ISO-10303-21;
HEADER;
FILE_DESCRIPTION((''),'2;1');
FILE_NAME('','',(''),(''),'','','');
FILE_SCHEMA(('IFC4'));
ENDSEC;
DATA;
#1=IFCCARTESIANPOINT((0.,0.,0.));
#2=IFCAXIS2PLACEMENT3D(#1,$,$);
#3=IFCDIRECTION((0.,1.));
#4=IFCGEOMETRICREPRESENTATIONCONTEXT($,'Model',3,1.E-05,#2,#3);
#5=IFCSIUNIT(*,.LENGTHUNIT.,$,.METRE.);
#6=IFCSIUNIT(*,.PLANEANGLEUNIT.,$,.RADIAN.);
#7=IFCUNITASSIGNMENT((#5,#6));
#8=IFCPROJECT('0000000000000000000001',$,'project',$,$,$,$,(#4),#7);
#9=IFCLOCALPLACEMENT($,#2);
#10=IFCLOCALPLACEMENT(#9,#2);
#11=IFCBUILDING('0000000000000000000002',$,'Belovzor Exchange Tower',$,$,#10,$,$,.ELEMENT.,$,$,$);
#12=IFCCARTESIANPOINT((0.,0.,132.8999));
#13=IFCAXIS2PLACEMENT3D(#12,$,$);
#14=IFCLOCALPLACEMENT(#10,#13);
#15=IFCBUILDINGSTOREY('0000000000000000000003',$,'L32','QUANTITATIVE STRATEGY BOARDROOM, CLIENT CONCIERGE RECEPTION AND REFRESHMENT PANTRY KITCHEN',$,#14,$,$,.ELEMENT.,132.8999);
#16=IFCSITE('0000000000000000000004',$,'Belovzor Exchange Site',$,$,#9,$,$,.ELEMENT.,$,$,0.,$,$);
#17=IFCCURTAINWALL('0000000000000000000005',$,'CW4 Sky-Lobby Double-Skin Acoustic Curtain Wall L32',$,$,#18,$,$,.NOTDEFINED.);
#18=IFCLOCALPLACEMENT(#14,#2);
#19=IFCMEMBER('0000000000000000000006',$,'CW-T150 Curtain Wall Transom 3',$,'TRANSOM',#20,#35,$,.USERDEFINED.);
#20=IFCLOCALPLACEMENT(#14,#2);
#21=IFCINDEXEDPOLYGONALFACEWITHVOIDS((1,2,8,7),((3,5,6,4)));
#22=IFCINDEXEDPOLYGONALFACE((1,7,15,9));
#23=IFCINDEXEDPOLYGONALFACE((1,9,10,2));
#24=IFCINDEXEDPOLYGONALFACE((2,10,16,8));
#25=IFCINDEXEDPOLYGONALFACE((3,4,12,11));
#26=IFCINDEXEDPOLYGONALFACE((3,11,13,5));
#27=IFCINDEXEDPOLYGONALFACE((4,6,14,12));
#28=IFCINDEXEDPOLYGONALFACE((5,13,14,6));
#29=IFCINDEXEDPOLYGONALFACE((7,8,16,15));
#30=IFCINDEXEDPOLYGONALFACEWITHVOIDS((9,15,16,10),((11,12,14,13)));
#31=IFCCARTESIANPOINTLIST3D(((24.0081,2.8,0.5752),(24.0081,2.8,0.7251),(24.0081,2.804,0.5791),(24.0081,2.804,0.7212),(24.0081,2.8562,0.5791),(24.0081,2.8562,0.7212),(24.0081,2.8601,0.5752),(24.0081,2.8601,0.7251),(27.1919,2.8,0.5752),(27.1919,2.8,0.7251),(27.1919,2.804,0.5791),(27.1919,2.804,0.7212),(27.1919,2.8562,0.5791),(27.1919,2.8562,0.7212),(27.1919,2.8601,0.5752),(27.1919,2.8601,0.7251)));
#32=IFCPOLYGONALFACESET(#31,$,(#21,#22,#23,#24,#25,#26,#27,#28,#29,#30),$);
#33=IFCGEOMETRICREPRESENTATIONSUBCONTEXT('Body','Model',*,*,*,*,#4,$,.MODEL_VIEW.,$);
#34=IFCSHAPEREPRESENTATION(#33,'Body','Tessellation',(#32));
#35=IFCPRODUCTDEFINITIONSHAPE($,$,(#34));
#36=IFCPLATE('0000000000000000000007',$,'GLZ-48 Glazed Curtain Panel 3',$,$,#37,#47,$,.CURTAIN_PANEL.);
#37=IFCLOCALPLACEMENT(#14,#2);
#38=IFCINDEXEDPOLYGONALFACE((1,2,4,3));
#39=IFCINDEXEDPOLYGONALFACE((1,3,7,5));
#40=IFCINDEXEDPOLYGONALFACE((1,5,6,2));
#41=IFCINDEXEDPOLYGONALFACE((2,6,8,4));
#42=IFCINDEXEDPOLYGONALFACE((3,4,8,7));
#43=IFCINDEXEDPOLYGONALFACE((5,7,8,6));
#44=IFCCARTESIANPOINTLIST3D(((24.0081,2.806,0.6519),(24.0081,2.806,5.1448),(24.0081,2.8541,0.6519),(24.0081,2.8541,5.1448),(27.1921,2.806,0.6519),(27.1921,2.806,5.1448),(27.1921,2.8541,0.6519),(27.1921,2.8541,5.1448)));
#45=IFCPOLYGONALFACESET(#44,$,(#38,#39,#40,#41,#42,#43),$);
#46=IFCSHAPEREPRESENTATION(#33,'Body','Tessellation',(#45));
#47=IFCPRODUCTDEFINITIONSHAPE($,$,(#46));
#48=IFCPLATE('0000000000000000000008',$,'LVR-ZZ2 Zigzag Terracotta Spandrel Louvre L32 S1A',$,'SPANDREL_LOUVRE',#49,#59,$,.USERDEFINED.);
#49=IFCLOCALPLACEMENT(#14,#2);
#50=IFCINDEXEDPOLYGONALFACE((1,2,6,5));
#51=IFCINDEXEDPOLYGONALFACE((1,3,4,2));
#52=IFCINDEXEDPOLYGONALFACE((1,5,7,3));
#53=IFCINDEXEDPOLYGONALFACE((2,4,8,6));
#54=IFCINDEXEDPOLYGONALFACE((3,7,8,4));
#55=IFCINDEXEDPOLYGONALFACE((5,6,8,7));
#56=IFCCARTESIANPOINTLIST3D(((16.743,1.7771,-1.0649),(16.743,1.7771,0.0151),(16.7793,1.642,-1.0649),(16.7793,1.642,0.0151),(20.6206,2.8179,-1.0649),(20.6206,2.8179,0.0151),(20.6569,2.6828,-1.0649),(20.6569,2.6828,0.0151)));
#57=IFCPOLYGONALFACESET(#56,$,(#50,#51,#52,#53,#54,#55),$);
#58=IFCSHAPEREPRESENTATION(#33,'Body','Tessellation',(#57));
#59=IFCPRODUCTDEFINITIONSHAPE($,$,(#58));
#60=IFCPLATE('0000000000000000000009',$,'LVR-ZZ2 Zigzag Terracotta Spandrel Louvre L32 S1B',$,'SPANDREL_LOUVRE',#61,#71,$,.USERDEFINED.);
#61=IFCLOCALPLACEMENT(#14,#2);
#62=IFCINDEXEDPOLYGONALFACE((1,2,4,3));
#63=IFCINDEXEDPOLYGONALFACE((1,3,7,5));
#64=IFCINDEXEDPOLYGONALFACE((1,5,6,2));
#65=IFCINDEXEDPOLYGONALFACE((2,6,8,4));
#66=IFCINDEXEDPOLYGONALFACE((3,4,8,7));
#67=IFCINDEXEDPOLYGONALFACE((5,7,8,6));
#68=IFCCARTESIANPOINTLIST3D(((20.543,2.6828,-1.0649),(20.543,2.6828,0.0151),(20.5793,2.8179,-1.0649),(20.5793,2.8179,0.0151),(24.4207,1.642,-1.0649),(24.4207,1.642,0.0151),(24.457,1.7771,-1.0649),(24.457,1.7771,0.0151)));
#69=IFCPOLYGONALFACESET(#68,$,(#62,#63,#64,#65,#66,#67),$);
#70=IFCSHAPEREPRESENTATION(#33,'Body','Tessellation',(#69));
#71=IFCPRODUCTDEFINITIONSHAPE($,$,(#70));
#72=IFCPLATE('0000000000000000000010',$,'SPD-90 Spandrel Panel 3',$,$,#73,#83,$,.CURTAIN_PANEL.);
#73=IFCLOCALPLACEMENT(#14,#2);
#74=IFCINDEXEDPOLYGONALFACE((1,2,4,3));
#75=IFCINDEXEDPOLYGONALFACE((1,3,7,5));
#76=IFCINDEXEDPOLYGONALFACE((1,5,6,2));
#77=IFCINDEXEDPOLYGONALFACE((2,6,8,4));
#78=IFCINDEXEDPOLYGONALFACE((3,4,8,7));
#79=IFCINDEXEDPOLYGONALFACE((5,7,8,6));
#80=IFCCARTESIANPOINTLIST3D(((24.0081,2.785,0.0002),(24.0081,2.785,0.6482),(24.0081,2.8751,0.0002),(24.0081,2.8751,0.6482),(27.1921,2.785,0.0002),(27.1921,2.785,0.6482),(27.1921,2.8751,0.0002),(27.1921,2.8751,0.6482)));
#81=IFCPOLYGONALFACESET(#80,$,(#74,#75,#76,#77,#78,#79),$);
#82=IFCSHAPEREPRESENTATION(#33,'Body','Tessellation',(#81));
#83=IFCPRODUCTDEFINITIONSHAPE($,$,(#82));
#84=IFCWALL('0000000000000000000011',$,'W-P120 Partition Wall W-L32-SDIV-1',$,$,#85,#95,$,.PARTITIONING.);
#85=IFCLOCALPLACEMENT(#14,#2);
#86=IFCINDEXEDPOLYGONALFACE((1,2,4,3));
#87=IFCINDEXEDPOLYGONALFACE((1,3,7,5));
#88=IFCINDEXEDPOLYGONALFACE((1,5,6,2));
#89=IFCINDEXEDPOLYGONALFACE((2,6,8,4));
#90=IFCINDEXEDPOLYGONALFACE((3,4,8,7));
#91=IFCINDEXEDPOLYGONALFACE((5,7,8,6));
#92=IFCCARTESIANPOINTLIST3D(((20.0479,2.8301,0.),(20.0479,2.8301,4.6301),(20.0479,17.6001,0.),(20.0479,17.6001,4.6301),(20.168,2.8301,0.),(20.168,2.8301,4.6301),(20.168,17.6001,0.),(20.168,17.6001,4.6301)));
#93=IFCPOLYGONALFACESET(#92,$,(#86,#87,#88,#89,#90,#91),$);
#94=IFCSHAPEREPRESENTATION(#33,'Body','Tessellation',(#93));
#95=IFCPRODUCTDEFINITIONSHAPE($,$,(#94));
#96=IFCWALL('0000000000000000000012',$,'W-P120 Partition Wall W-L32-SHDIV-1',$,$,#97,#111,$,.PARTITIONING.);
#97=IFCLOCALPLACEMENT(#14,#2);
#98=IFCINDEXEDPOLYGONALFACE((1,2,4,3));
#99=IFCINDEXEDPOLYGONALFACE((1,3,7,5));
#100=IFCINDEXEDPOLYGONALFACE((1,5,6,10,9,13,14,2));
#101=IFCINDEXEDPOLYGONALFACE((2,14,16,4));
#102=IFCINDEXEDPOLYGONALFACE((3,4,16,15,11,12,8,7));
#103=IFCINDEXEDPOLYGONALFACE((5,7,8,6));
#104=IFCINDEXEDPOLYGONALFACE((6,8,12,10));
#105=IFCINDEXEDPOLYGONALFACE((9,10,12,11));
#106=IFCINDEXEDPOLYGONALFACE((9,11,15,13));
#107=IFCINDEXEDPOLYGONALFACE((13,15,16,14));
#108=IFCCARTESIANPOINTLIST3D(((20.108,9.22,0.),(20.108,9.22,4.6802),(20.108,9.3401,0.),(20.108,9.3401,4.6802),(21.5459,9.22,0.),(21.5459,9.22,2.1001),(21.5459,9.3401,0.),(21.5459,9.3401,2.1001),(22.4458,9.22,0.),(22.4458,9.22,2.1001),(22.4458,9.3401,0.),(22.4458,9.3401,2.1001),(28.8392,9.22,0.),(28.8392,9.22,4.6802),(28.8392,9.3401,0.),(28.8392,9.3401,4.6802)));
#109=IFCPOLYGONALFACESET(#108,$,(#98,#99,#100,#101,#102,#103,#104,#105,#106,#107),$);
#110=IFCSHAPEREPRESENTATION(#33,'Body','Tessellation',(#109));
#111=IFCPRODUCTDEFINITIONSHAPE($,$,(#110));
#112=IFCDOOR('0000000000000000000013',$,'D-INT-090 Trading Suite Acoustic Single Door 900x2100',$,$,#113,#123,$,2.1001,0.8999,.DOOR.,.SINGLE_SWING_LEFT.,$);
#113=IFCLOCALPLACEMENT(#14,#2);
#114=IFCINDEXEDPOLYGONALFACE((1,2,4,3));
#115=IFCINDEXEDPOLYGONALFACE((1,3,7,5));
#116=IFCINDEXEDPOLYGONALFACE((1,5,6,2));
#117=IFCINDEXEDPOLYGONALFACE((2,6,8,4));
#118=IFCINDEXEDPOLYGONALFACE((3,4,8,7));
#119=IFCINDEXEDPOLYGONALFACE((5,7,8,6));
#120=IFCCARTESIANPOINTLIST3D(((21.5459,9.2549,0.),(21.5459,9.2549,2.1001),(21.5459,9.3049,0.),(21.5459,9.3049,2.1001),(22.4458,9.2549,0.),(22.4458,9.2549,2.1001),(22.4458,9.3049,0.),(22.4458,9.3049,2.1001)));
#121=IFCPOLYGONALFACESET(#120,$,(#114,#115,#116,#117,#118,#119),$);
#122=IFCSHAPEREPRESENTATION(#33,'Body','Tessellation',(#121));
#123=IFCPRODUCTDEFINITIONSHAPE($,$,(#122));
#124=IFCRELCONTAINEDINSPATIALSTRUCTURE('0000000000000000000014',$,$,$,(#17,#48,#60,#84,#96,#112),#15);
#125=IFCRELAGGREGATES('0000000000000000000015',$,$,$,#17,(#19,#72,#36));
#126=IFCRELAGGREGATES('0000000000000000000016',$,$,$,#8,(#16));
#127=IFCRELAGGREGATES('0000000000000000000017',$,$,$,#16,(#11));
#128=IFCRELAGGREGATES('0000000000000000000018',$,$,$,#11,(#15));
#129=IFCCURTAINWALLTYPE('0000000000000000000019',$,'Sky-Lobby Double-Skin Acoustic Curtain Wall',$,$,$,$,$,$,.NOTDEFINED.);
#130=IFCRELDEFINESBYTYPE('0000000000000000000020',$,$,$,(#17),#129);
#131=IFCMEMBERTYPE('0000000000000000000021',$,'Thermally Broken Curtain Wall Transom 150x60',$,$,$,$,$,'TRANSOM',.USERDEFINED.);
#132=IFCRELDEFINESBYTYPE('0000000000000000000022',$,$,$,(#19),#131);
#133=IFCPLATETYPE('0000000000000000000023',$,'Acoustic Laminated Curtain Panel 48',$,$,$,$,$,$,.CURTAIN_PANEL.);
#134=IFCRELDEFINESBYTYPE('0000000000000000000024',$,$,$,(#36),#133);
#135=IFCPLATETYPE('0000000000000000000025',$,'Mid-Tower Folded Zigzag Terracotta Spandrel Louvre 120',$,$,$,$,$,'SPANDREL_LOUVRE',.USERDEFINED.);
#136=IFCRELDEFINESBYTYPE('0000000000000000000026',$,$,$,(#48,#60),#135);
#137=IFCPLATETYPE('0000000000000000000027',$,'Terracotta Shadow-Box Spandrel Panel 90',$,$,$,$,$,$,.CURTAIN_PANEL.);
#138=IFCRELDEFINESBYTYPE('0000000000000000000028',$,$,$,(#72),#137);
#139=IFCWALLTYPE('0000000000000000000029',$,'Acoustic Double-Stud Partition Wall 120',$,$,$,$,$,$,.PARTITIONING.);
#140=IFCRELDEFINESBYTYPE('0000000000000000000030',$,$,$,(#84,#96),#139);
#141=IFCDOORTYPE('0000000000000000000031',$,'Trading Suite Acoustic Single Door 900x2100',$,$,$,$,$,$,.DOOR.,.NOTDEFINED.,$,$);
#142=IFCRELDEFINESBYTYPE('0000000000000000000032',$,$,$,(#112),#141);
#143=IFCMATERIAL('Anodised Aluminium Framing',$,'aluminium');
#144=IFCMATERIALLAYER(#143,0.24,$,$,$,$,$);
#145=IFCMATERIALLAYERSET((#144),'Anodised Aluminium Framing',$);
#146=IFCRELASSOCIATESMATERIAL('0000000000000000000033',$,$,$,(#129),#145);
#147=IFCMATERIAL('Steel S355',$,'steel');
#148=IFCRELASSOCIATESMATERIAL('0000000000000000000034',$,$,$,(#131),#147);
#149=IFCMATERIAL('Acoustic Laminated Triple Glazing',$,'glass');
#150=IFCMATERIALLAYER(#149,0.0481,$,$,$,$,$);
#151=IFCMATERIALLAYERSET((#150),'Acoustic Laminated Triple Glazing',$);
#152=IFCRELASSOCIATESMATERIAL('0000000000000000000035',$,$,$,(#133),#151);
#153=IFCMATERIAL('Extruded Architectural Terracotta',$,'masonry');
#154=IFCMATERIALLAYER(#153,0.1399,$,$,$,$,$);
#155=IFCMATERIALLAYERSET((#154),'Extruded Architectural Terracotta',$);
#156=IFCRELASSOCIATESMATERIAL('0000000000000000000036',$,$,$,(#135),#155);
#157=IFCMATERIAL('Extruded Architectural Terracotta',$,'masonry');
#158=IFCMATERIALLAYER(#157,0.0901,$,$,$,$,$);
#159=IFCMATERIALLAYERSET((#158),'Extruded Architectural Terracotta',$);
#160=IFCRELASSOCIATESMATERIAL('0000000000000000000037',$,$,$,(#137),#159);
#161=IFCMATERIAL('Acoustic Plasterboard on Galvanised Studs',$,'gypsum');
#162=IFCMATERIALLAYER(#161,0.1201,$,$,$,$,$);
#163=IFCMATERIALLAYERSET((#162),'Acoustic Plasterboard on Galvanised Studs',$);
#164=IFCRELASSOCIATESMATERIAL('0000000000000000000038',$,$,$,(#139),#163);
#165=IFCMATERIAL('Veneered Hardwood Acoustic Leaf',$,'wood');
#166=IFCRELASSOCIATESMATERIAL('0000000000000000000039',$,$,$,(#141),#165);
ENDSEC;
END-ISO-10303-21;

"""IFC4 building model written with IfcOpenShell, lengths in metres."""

from ifc_helpers import new_model, si_unit, direction, frame, frame_2d, origin, origin_2d, place, context, subcontext, project, spatial, rectangle, hollow_rectangle, extrude, material, layer, layer_set, material_profile, profile_set, type_object, element, fill, aggregate, save


model = new_model("IFC4")

# Units and contexts
model_context = context("Model", 3, precision=1e-05, world=origin(), true_north=direction((0.0, 1.0)))
body_context = subcontext(model_context, "Body", "Model", "MODEL_VIEW")
ifc_project = project(units=[si_unit("LENGTHUNIT", "METRE"), si_unit("PLANEANGLEUNIT", "RADIAN")], contexts=[model_context])

# Site, building, storey
site_placement = place(None, origin())
site = spatial("IfcSite", under=ifc_project, at=site_placement, Name="Belovzor Exchange Site", CompositionType="ELEMENT", RefElevation=0.0)
building_placement = place(site_placement, origin())
building = spatial("IfcBuilding", under=site, at=building_placement, Name="Belovzor Exchange Tower", CompositionType="ELEMENT")
storey_placement = place(building_placement, frame((0.0, 0.0, 132.8999)))
storey = spatial("IfcBuildingStorey", under=building, at=storey_placement, Name="L32", Description="QUANTITATIVE STRATEGY BOARDROOM, CLIENT CONCIERGE RECEPTION AND REFRESHMENT PANTRY KITCHEN", CompositionType="ELEMENT", Elevation=132.8999)

# Curtain wall, member, plate
ifc_material_1 = material(Name="Anodised Aluminium Framing", Category="aluminium")
ifc_layer_1 = layer(ifc_material_1, 0.24)
ifc_layer_set_1 = layer_set([ifc_layer_1], Name="Anodised Aluminium Framing")
curtain_wall_type = type_object("IfcCurtainWallType", Name="Sky-Lobby Double-Skin Acoustic Curtain Wall", PredefinedType="NOTDEFINED", material=ifc_layer_set_1)
curtain_wall_placement = place(storey_placement, origin())
curtain_wall = element("IfcCurtainWall", 1, at=curtain_wall_placement, inside=storey, type_object=curtain_wall_type, Name="CW4 Sky-Lobby Double-Skin Acoustic Curtain Wall L32", PredefinedType="NOTDEFINED")
ifc_material_2 = material(Name="Steel S355", Category="steel")
ifc_material_profile_1 = material_profile(ifc_material_2, hollow_rectangle(XDim=0.0601, YDim=0.1499, WallThickness=0.0039, at=origin_2d()))
ifc_profile_set_1 = profile_set([ifc_material_profile_1], Name="Steel S355")
member_type_1 = type_object("IfcMemberType", Name="Thermally Broken Curtain Wall Transom 150x60", ElementType="TRANSOM", PredefinedType="USERDEFINED", material=ifc_profile_set_1)
member_1_placement = place(storey_placement, frame((27.1919, 2.8301, 0.6501), z_axis=(-1.0, 0.0, 0.0), x_axis=(0.0, -1.0, 0.0)))
member_1 = element("IfcMember", 2, at=member_1_placement, type_object=member_type_1, Name="CW-T150 Curtain Wall Transom 3", ObjectType="TRANSOM", PredefinedType="USERDEFINED", context=body_context, shape_type="SweptSolid", body=[
    extrude(hollow_rectangle(XDim=0.0601, YDim=0.1499, WallThickness=0.0039, at=origin_2d()), origin(), (0.0, 0.0, 1.0), 3.1838),
])
ifc_material_3 = material(Name="Acoustic Laminated Triple Glazing", Category="glass")
ifc_layer_2 = layer(ifc_material_3, 0.0481)
ifc_layer_set_2 = layer_set([ifc_layer_2], Name="Acoustic Laminated Triple Glazing")
plate_type_1 = type_object("IfcPlateType", Name="Acoustic Laminated Curtain Panel 48", PredefinedType="CURTAIN_PANEL", material=ifc_layer_set_2)
plate_1_placement = place(storey_placement, frame((25.6001, 2.8301, 0.6519), z_axis=(0.0, 0.0, 1.0), x_axis=(-1.0, 0.0, 0.0)))
plate_1 = element("IfcPlate", 3, at=plate_1_placement, type_object=plate_type_1, Name="GLZ-48 Glazed Curtain Panel 3", PredefinedType="CURTAIN_PANEL", context=body_context, shape_type="SweptSolid", body=[
    extrude(rectangle(XDim=3.1841, YDim=0.0481, at=origin_2d()), origin(), (0.0, 0.0, 1.0), 4.4929),
])

# Plates
ifc_material_4 = material(Name="Extruded Architectural Terracotta", Category="masonry")
ifc_layer_3 = layer(ifc_material_4, 0.1399)
ifc_layer_set_3 = layer_set([ifc_layer_3], Name="Extruded Architectural Terracotta")
plate_type_2 = type_object("IfcPlateType", Name="Mid-Tower Folded Zigzag Terracotta Spandrel Louvre 120", ElementType="SPANDREL_LOUVRE", PredefinedType="USERDEFINED", material=ifc_layer_set_3)
for number, where, z_axis, x_axis, name in (
    (4, (18.7, 2.23, -1.0649), (0.0, 0.0, 1.0), (0.965813, 0.25924, 0.0), "LVR-ZZ2 Zigzag Terracotta Spandrel Louvre L32 S1A"),
    (5, (22.5, 2.23, -1.0649), (0.0, 0.0, 1.0), (0.965813, -0.25924, 0.0), "LVR-ZZ2 Zigzag Terracotta Spandrel Louvre L32 S1B"),
):
    element("IfcPlate", number, at=place(storey_placement, frame(where, z_axis=z_axis, x_axis=x_axis)), inside=storey, type_object=plate_type_2, Name=name, ObjectType="SPANDREL_LOUVRE", PredefinedType="USERDEFINED", context=body_context, shape_type="SweptSolid", body=[
        extrude(rectangle(XDim=4.0149, YDim=0.1399, at=origin_2d()), origin(), (0.0, 0.0, 1.0), 1.0801),
    ])

# Plate
ifc_material_5 = material(Name="Extruded Architectural Terracotta", Category="masonry")
ifc_layer_4 = layer(ifc_material_5, 0.0901)
ifc_layer_set_4 = layer_set([ifc_layer_4], Name="Extruded Architectural Terracotta")
plate_type_3 = type_object("IfcPlateType", Name="Terracotta Shadow-Box Spandrel Panel 90", PredefinedType="CURTAIN_PANEL", material=ifc_layer_set_4)
plate_2_placement = place(storey_placement, frame((25.6001, 2.8301, 0.0002), z_axis=(0.0, 0.0, 1.0), x_axis=(-1.0, 0.0, 0.0)))
plate_2 = element("IfcPlate", 6, at=plate_2_placement, type_object=plate_type_3, Name="SPD-90 Spandrel Panel 3", PredefinedType="CURTAIN_PANEL", context=body_context, shape_type="SweptSolid", body=[
    extrude(rectangle(XDim=3.1841, YDim=0.0901, at=origin_2d()), origin(), (0.0, 0.0, 1.0), 0.6479),
])
aggregate(curtain_wall, [member_1, plate_2, plate_1])

# Wall
ifc_material_6 = material(Name="Acoustic Plasterboard on Galvanised Studs", Category="gypsum")
ifc_layer_5 = layer(ifc_material_6, 0.1201)
ifc_layer_set_5 = layer_set([ifc_layer_5], Name="Acoustic Plasterboard on Galvanised Studs")
wall_type_1 = type_object("IfcWallType", Name="Acoustic Double-Stud Partition Wall 120", PredefinedType="PARTITIONING", material=ifc_layer_set_5)
wall_1_placement = place(storey_placement, frame((20.1079, 2.8301, 0.0), z_axis=(0.0, 0.0, 1.0), x_axis=(0.0, 1.0, 0.0)))
element("IfcWall", 7, at=wall_1_placement, inside=storey, type_object=wall_type_1, Name="W-P120 Partition Wall W-L32-SDIV-1", PredefinedType="PARTITIONING", context=body_context, shape_type="SweptSolid", body=[
    extrude(rectangle(XDim=14.77, YDim=0.1201, at=frame_2d((7.385, 0.0))), origin(), (0.0, 0.0, 1.0), 4.6301),
])

# Wall, opening, door
wall_2_placement = place(storey_placement, frame((20.1079, 9.28, 0.0), z_axis=(0.0, 0.0, 1.0), x_axis=(1.0, 0.0, 0.0)))
wall_2 = element("IfcWall", 8, at=wall_2_placement, inside=storey, type_object=wall_type_1, Name="W-P120 Partition Wall W-L32-SHDIV-1", PredefinedType="PARTITIONING", context=body_context, shape_type="SweptSolid", body=[
    extrude(rectangle(XDim=8.7312, YDim=0.1201, at=frame_2d((4.3657, 0.0))), origin(), (0.0, 0.0, 1.0), 4.6802),
])
opening_1_placement = place(wall_2_placement, frame((1.438, 0.0, 0.0)))
opening_1 = element("IfcOpeningElement", 9, at=opening_1_placement, cuts=wall_2, PredefinedType="OPENING", context=body_context, shape_type="SweptSolid", body=[
    extrude(rectangle(XDim=0.8999, YDim=2.1001, at=frame_2d((0.45, 1.05))), frame((0.0, 0.0701, 0.0), z_axis=(0.0, -1.0, 0.0), x_axis=(1.0, 0.0, 0.0)), (0.0, 0.0, 1.0), 0.1401),
])
ifc_material_7 = material(Name="Veneered Hardwood Acoustic Leaf", Category="wood")
door_type = type_object("IfcDoorType", Name="Trading Suite Acoustic Single Door 900x2100", OperationType="NOTDEFINED", PredefinedType="DOOR", material=ifc_material_7)
door_1_placement = place(opening_1_placement, origin())
door_1 = element("IfcDoor", 10, at=door_1_placement, inside=storey, type_object=door_type, Name="D-INT-090 Trading Suite Acoustic Single Door 900x2100", OperationType="SINGLE_SWING_LEFT", OverallHeight=2.1001, OverallWidth=0.8999, PredefinedType="DOOR", context=body_context, shape_type="SweptSolid", body=[
    extrude(rectangle(XDim=0.8999, YDim=2.1001, at=frame_2d((0.45, 1.05))), frame((0.0, 0.0249, 0.0), z_axis=(0.0, -1.0, 0.0), x_axis=(1.0, 0.0, 0.0)), (0.0, 0.0, 1.0), 0.05),
])
fill(opening_1, door_1)

save(model, "model.ifc")
